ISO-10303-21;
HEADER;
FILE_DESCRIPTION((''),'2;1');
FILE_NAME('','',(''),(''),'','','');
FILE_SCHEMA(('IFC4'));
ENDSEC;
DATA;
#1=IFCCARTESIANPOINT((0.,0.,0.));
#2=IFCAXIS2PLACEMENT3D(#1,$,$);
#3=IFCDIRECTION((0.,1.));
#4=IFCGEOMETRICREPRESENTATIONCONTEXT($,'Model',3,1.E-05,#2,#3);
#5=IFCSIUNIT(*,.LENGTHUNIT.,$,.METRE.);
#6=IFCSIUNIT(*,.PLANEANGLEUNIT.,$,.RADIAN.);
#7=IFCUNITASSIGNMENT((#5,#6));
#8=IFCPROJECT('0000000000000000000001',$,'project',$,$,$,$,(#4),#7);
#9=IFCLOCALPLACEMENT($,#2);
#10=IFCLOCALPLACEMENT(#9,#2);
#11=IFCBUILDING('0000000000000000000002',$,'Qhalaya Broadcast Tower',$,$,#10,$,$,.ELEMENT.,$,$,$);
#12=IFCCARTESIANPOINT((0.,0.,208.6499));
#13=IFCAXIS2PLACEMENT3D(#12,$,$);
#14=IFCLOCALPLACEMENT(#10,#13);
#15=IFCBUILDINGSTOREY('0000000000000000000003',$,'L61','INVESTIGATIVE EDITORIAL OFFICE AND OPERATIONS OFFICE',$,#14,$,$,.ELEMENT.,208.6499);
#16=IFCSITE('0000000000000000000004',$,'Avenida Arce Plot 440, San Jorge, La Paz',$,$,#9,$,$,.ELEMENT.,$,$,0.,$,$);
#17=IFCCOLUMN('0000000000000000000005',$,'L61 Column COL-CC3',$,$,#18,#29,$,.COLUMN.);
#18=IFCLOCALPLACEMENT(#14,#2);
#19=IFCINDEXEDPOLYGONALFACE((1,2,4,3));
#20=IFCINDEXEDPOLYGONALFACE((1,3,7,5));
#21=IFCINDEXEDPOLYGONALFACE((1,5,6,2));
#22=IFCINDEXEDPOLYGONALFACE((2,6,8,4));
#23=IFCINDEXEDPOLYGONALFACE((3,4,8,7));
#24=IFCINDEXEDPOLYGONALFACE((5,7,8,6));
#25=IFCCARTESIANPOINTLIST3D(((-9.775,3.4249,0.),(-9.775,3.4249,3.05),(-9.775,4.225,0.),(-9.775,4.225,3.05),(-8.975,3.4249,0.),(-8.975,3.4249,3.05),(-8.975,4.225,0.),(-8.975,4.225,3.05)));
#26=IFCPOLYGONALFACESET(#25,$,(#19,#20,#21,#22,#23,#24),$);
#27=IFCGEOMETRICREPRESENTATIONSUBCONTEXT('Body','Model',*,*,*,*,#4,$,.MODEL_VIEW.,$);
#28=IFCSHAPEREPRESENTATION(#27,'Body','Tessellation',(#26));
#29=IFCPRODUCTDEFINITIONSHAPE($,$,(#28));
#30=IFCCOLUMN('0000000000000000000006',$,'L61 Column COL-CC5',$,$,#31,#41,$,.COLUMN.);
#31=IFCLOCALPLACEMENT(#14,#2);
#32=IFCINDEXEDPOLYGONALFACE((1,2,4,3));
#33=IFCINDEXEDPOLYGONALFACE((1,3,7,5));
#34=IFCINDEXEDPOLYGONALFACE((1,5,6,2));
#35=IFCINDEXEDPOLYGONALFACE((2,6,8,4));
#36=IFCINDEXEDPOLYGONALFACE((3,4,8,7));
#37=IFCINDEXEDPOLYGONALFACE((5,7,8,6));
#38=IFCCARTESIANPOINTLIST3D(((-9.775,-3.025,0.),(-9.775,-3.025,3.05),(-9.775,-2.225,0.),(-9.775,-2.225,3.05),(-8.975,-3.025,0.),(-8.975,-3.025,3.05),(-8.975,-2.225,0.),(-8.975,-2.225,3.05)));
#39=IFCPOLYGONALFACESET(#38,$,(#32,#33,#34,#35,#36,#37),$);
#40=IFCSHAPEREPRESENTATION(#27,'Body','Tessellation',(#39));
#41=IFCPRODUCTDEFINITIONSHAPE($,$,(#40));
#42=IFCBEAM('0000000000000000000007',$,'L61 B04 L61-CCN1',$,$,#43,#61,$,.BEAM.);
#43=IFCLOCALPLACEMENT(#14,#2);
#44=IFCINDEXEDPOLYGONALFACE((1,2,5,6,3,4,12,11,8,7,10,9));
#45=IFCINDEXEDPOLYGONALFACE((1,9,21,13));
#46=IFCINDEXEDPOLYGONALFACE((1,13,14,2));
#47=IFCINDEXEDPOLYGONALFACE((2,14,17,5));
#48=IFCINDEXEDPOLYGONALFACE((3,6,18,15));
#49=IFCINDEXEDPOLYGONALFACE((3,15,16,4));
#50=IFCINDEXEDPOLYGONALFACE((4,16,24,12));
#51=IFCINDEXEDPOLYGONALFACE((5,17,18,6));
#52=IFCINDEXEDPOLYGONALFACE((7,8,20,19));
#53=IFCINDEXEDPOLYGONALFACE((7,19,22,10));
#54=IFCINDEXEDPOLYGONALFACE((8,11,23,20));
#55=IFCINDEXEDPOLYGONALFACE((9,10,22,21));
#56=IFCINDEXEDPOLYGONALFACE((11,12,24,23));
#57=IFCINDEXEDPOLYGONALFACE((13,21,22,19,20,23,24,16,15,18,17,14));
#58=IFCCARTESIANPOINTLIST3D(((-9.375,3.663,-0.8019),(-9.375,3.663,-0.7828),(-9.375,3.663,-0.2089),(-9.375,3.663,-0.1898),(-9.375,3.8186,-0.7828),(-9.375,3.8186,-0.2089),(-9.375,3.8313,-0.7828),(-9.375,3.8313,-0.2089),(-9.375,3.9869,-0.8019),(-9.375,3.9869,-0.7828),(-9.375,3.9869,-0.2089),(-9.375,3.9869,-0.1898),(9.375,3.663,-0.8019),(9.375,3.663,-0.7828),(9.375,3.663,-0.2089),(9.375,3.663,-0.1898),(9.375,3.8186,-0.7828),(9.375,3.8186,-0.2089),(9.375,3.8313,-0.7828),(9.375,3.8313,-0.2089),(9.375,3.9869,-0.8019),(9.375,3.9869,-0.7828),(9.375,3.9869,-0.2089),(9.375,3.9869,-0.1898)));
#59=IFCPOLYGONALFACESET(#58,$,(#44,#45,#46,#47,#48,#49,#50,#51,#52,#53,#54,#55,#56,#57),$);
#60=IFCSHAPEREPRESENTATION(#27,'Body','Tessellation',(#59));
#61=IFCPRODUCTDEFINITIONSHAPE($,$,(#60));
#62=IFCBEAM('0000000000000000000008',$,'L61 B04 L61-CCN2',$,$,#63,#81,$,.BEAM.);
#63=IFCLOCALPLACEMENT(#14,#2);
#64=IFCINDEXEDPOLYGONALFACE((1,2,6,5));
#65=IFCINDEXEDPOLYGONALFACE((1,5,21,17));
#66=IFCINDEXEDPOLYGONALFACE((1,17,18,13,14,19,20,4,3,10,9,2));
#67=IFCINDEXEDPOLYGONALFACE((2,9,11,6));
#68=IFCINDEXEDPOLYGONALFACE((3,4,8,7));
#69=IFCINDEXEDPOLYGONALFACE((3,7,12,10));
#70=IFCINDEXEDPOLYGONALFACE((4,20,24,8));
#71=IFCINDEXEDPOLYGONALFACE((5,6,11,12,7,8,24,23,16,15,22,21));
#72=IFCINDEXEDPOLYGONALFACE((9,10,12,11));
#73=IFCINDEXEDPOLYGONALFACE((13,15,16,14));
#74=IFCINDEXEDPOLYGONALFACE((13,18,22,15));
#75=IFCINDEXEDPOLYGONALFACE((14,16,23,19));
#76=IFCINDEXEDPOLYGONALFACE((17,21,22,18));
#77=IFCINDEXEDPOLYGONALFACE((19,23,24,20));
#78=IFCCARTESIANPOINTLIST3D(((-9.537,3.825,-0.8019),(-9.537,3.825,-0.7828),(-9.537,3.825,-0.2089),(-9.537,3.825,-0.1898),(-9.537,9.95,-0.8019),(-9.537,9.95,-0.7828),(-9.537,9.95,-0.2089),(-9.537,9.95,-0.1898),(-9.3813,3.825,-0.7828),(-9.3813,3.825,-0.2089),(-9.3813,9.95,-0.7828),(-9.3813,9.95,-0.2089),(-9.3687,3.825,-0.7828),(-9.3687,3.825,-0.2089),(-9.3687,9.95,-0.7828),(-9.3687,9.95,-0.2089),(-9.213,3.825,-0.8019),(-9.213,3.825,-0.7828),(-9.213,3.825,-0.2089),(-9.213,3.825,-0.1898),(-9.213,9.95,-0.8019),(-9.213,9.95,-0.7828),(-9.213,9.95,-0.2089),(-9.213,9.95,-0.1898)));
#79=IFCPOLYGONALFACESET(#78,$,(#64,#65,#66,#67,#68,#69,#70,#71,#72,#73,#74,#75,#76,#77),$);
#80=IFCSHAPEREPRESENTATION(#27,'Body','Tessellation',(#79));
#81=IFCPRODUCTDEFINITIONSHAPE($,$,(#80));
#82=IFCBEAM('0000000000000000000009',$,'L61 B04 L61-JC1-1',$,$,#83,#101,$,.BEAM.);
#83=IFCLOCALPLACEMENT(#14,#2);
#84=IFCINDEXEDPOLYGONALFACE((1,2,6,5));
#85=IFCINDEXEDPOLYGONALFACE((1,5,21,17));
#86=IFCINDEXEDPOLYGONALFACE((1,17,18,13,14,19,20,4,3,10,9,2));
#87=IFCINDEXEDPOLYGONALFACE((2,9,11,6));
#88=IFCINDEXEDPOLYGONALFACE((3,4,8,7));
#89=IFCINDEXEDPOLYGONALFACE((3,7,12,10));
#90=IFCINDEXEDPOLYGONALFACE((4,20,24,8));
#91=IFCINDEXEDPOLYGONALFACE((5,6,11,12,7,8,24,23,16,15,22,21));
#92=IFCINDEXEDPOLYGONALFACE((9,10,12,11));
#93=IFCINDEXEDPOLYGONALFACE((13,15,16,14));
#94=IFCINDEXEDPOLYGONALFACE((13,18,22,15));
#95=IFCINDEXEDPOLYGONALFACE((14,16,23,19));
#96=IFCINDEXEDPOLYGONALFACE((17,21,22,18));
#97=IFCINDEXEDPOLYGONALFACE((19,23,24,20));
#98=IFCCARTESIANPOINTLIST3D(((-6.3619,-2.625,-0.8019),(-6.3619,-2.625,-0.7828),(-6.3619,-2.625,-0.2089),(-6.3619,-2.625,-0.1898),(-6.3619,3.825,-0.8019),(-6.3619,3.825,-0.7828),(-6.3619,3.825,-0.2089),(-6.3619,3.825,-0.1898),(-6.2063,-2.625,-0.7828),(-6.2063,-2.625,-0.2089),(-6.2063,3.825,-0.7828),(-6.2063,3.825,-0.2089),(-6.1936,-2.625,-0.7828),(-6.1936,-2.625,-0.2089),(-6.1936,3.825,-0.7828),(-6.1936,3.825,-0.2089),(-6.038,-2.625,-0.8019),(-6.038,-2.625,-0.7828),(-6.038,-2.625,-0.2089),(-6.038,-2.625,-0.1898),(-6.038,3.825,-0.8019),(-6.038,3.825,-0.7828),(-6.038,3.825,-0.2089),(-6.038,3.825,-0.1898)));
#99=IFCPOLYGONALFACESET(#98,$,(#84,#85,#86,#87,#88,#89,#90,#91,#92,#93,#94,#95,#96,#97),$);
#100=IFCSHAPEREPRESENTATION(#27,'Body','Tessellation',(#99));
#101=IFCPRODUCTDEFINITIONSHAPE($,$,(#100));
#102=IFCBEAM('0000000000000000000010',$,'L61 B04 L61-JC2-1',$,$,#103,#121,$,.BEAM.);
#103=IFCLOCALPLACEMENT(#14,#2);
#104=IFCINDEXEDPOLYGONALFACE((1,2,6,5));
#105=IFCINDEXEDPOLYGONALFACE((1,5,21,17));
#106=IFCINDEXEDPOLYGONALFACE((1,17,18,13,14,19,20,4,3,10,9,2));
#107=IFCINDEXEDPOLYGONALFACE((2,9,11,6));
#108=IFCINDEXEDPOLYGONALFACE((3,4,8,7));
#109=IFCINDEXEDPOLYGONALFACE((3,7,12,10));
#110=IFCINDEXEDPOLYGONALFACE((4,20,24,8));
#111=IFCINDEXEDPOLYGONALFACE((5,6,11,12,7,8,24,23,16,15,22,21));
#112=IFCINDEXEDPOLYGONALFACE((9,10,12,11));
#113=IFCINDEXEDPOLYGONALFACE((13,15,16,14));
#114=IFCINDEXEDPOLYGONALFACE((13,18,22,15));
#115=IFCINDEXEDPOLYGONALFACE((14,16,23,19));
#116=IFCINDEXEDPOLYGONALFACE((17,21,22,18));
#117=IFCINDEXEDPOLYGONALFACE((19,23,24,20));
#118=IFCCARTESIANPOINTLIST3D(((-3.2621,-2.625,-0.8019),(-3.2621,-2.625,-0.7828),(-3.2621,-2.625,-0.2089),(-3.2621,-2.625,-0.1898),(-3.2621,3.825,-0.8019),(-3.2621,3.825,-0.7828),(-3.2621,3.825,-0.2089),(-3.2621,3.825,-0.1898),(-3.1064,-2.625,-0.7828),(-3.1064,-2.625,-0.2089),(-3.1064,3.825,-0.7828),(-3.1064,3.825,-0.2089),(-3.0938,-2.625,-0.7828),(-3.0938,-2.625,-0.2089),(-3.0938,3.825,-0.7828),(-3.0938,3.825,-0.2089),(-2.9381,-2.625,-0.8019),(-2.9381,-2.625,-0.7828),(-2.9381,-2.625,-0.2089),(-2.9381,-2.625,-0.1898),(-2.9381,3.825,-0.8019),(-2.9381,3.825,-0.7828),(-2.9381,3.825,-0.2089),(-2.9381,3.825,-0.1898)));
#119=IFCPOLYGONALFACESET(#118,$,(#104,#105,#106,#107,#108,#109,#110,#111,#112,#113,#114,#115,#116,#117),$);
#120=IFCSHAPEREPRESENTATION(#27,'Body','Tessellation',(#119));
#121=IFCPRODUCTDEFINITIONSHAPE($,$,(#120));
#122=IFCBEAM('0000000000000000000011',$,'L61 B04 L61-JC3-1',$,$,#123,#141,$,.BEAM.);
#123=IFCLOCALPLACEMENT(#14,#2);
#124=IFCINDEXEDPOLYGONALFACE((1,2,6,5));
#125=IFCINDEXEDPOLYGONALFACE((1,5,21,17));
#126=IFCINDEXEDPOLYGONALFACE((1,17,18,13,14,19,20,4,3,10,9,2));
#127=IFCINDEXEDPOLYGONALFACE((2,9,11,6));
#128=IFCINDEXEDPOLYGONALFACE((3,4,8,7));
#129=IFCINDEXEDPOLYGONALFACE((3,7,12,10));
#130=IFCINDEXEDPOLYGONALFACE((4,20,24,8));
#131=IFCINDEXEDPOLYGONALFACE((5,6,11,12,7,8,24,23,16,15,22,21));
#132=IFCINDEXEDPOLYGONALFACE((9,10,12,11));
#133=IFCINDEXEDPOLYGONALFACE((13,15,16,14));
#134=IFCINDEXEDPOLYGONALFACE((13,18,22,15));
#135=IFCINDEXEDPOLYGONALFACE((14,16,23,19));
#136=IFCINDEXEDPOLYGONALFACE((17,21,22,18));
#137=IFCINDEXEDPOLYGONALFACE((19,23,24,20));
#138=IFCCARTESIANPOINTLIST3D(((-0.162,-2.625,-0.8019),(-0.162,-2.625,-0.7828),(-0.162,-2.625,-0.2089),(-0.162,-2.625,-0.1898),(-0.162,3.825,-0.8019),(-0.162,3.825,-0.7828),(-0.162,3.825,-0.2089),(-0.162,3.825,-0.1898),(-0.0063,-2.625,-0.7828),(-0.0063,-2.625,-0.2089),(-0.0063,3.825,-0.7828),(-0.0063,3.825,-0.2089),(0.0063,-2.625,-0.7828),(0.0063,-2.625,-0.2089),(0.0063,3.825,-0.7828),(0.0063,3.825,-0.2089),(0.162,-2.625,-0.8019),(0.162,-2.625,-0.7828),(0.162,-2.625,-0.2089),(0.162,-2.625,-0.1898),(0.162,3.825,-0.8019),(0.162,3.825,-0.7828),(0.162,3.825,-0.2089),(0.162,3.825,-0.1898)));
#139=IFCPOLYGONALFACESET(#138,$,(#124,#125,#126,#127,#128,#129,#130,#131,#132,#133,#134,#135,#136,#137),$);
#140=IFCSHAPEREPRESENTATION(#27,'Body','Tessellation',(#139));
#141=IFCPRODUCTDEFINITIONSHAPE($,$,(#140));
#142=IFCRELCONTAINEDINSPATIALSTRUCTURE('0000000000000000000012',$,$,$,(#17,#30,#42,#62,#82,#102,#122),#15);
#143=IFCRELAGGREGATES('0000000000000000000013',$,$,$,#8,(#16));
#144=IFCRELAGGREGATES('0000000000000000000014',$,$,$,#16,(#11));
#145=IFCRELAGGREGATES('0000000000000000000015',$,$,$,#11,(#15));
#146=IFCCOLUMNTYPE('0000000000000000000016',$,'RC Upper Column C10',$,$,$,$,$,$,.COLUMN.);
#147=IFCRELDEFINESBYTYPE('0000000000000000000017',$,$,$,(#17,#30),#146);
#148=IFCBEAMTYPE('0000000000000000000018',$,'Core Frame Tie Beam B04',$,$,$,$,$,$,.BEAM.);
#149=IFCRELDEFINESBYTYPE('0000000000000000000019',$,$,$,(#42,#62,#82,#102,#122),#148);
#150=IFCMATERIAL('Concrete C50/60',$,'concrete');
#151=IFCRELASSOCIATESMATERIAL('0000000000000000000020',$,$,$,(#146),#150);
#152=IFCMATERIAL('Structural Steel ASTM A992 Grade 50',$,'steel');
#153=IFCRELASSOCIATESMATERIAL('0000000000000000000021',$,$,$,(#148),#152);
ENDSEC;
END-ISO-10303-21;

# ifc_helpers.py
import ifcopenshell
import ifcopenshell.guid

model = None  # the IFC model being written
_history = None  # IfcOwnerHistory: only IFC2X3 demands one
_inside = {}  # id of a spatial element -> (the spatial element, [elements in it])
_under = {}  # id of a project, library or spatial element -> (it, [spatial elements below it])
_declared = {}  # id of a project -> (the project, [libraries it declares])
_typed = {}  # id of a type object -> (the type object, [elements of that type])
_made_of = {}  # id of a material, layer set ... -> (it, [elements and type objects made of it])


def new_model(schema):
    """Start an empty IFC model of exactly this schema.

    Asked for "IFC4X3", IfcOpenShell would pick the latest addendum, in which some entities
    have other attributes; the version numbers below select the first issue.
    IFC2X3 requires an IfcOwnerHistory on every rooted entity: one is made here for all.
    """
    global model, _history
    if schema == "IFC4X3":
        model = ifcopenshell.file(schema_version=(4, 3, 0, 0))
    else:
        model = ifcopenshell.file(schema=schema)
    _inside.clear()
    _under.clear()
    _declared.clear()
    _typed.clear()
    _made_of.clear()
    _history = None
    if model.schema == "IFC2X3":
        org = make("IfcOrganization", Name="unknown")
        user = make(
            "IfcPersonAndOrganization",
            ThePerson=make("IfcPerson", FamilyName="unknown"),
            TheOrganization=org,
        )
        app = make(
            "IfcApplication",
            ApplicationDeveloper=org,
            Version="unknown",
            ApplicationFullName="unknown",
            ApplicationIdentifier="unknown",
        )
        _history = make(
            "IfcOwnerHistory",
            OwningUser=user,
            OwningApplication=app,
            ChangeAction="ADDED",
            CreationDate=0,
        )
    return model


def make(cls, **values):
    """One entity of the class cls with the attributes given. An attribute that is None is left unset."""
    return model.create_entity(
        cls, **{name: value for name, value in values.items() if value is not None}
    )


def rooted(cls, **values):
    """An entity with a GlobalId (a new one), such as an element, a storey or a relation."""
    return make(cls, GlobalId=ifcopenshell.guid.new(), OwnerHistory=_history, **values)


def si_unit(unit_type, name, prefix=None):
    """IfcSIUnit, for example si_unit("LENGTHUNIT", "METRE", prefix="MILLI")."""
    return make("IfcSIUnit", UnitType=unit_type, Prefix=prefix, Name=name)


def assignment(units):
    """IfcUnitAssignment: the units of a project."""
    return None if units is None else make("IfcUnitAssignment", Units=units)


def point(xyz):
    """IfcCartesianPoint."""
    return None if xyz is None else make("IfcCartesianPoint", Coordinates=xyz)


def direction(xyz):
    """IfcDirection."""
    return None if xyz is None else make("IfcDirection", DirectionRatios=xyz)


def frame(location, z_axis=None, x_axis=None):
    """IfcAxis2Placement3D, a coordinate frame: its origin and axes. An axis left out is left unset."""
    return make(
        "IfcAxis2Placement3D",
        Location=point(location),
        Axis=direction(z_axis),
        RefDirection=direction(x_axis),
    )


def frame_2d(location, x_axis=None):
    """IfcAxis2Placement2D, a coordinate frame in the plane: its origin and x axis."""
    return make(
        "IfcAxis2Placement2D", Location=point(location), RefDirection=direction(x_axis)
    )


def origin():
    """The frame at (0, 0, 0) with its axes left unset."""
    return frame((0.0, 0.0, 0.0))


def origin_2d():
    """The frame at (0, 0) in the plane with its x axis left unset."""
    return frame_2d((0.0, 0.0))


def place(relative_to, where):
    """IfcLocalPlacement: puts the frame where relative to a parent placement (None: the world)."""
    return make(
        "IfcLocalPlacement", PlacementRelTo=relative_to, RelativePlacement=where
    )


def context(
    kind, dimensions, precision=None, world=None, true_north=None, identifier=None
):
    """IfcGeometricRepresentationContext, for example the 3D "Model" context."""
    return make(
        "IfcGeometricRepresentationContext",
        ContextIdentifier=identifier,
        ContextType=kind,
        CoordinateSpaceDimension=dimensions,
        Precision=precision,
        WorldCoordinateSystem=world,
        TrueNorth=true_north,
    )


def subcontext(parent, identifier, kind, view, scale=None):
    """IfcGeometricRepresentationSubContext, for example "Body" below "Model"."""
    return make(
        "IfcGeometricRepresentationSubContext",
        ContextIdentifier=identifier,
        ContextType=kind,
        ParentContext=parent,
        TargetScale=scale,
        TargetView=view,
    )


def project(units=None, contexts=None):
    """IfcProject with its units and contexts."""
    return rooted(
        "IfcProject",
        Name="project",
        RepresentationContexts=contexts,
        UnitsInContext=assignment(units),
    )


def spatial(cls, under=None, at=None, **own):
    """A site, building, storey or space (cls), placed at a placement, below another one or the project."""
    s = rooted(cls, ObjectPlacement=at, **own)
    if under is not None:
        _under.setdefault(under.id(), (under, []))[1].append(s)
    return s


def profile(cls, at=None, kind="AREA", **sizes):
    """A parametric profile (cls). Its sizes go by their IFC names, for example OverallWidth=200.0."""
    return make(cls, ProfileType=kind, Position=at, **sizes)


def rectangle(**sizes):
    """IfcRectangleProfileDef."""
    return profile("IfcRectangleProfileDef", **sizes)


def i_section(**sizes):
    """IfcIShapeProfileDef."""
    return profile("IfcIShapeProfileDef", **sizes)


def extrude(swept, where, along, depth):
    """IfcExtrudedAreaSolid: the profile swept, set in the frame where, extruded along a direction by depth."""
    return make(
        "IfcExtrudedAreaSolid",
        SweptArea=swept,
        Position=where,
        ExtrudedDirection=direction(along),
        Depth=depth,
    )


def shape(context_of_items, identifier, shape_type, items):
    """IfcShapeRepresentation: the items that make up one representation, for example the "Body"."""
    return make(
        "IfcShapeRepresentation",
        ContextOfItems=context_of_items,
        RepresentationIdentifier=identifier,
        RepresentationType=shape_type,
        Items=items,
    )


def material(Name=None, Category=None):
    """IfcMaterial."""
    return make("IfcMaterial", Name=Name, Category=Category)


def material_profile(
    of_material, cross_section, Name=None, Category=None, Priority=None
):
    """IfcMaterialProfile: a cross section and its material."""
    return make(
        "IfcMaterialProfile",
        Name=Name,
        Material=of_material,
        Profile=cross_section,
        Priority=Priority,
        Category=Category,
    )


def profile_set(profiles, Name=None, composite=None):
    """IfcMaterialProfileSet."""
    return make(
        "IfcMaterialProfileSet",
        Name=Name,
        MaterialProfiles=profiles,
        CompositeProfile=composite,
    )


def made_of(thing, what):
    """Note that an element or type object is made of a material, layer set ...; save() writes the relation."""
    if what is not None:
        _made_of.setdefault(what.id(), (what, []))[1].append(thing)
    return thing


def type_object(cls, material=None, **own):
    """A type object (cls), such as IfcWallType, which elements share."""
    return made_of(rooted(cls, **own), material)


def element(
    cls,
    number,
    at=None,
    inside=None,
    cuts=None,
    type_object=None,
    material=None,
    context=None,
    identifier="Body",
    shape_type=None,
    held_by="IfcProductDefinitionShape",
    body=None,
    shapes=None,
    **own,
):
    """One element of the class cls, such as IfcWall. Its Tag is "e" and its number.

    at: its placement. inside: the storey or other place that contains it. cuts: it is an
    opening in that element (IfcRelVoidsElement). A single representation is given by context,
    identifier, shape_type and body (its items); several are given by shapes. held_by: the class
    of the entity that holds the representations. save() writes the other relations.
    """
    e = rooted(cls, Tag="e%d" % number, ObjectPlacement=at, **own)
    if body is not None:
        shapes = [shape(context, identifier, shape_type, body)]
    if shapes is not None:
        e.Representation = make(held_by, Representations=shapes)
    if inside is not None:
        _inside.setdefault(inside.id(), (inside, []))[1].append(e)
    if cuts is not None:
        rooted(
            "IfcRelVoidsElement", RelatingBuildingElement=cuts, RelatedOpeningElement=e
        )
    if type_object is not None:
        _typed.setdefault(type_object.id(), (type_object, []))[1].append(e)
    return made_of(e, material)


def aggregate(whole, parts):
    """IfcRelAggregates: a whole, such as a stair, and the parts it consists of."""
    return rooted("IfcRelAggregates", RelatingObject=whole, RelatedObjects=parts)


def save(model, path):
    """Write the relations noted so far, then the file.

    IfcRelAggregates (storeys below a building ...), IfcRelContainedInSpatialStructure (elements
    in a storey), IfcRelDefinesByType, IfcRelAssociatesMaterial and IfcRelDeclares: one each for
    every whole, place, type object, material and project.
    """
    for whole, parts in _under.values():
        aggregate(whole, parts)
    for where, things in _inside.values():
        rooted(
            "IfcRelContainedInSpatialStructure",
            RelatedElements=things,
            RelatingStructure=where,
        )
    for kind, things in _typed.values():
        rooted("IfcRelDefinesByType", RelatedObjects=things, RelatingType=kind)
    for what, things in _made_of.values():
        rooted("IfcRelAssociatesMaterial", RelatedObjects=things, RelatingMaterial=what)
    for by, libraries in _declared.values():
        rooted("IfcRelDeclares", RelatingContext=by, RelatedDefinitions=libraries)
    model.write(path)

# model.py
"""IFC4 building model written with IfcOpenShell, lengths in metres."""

from ifc_helpers import new_model, si_unit, direction, frame, origin, origin_2d, place, context, subcontext, project, spatial, rectangle, i_section, extrude, material, material_profile, profile_set, type_object, element, save


model = new_model("IFC4")

# Units and contexts
model_context = context("Model", 3, precision=1e-05, world=origin(), true_north=direction((0.0, 1.0)))
body_context = subcontext(model_context, "Body", "Model", "MODEL_VIEW")
ifc_project = project(units=[si_unit("LENGTHUNIT", "METRE"), si_unit("PLANEANGLEUNIT", "RADIAN")], contexts=[model_context])

# Site, building, storey
site_placement = place(None, origin())
site = spatial("IfcSite", under=ifc_project, at=site_placement, Name="Avenida Arce Plot 440, San Jorge, La Paz", CompositionType="ELEMENT", RefElevation=0.0)
building_placement = place(site_placement, origin())
building = spatial("IfcBuilding", under=site, at=building_placement, Name="Qhalaya Broadcast Tower", CompositionType="ELEMENT")
storey_placement = place(building_placement, frame((0.0, 0.0, 208.6499)))
storey = spatial("IfcBuildingStorey", under=building, at=storey_placement, Name="L61", Description="INVESTIGATIVE EDITORIAL OFFICE AND OPERATIONS OFFICE", CompositionType="ELEMENT", Elevation=208.6499)

# Columns
ifc_material_1 = material(Name="Concrete C50/60", Category="concrete")
ifc_material_profile_1 = material_profile(ifc_material_1, rectangle(XDim=0.8, YDim=0.8, at=origin_2d()), Name="RC-COL 800x800")
ifc_profile_set_1 = profile_set([ifc_material_profile_1], Name="Concrete C50/60")
column_type = type_object("IfcColumnType", Name="RC Upper Column C10", PredefinedType="COLUMN", material=ifc_profile_set_1)
for number, where, z_axis, x_axis, name in (
    (1, (-9.375, 3.825, 0.0), (0.0, 0.0, 1.0), (1.0, 0.0, 0.0), "L61 Column COL-CC3"),
    (2, (-9.375, -2.625, 0.0), (0.0, 0.0, 1.0), (1.0, 0.0, 0.0), "L61 Column COL-CC5"),
):
    element("IfcColumn", number, at=place(storey_placement, frame(where, z_axis=z_axis, x_axis=x_axis)), inside=storey, type_object=column_type, Name=name, PredefinedType="COLUMN", context=body_context, shape_type="SweptSolid", body=[
        extrude(rectangle(XDim=0.8, YDim=0.8, at=origin_2d()), origin(), (0.0, 0.0, 1.0), 3.05),
    ])

# Beams
ifc_material_2 = material(Name="Structural Steel ASTM A992 Grade 50", Category="steel")
ifc_material_profile_2 = material_profile(ifc_material_2, i_section(OverallWidth=0.324, OverallDepth=0.6121, WebThickness=0.0127, FlangeThickness=0.019, at=origin_2d()), Name="W24X104")
ifc_profile_set_2 = profile_set([ifc_material_profile_2], Name="Structural Steel ASTM A992 Grade 50")
beam_type = type_object("IfcBeamType", Name="Core Frame Tie Beam B04", PredefinedType="BEAM", material=ifc_profile_set_2)
beam_1_placement = place(storey_placement, frame((-9.375, 3.825, -0.4958), z_axis=(1.0, 0.0, 0.0), x_axis=(0.0, 1.0, 0.0)))
element("IfcBeam", 3, at=beam_1_placement, inside=storey, type_object=beam_type, Name="L61 B04 L61-CCN1", PredefinedType="BEAM", context=body_context, shape_type="SweptSolid", body=[
    extrude(i_section(OverallWidth=0.324, OverallDepth=0.6121, WebThickness=0.0127, FlangeThickness=0.019, at=origin_2d()), origin(), (0.0, 0.0, 1.0), 18.75),
])
beam_2_placement = place(storey_placement, frame((-9.375, 3.825, -0.4958), z_axis=(0.0, 1.0, 0.0), x_axis=(-1.0, 0.0, 0.0)))
element("IfcBeam", 4, at=beam_2_placement, inside=storey, type_object=beam_type, Name="L61 B04 L61-CCN2", PredefinedType="BEAM", context=body_context, shape_type="SweptSolid", body=[
    extrude(i_section(OverallWidth=0.324, OverallDepth=0.6121, WebThickness=0.0127, FlangeThickness=0.019, at=origin_2d()), origin(), (0.0, 0.0, 1.0), 6.125),
])
for number, where, z_axis, x_axis, name in (
    (5, (-6.2, -2.625, -0.4958), (0.0, 1.0, 0.0), (-1.0, 0.0, 0.0), "L61 B04 L61-JC1-1"),
    (6, (-3.1001, -2.625, -0.4958), (0.0, 1.0, 0.0), (-1.0, 0.0, 0.0), "L61 B04 L61-JC2-1"),
    (7, (0.0, -2.625, -0.4958), (0.0, 1.0, 0.0), (-1.0, 0.0, 0.0), "L61 B04 L61-JC3-1"),
):
    element("IfcBeam", number, at=place(storey_placement, frame(where, z_axis=z_axis, x_axis=x_axis)), inside=storey, type_object=beam_type, Name=name, PredefinedType="BEAM", context=body_context, shape_type="SweptSolid", body=[
        extrude(i_section(OverallWidth=0.324, OverallDepth=0.6121, WebThickness=0.0127, FlangeThickness=0.019, at=origin_2d()), origin(), (0.0, 0.0, 1.0), 6.45),
    ])

save(model, "model.ifc")
